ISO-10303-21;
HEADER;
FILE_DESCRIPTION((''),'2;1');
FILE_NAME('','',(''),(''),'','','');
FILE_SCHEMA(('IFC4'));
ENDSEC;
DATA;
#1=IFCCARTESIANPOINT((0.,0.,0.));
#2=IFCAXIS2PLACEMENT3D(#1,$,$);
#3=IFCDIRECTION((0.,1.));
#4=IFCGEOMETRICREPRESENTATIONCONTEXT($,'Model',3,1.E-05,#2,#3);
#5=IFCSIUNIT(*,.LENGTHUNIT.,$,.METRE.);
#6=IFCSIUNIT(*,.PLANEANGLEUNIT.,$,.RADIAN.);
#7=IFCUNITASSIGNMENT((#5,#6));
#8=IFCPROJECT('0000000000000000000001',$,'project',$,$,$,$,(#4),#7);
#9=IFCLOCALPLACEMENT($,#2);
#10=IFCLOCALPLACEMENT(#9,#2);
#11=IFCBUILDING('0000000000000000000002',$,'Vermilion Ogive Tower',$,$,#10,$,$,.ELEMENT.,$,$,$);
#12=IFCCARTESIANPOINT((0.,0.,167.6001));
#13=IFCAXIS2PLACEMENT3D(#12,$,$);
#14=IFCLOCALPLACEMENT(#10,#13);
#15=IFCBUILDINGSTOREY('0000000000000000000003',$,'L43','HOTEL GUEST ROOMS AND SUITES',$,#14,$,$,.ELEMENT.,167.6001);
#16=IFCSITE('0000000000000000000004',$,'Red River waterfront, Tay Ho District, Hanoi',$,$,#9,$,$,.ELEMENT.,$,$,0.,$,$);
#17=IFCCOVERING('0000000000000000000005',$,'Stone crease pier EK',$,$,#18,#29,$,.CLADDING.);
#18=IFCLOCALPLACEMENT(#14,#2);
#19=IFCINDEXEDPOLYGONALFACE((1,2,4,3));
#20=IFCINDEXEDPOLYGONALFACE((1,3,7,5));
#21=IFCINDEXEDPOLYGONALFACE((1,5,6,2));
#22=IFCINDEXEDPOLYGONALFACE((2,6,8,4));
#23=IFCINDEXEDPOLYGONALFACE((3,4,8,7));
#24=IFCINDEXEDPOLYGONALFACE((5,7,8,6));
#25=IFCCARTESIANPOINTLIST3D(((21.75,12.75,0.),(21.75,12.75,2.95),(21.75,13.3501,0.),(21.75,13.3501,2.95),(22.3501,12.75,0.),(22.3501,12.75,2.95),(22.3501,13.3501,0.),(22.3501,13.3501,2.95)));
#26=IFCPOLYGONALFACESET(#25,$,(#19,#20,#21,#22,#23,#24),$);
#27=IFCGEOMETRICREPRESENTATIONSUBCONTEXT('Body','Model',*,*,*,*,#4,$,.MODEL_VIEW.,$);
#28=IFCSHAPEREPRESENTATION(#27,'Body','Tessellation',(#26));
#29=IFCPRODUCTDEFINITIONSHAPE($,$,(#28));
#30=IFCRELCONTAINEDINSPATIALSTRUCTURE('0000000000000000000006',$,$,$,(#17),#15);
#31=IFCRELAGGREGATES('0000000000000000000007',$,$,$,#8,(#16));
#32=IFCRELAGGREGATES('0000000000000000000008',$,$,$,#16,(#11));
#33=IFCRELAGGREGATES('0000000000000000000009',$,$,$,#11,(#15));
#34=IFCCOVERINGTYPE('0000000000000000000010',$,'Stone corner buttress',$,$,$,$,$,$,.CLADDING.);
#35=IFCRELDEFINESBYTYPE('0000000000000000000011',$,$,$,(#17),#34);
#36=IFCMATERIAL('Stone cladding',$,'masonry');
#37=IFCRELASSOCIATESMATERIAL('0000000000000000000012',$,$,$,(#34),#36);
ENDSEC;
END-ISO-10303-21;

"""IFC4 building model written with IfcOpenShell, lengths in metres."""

from ifc_helpers import new_model, si_unit, direction, frame, origin, place, context, subcontext, project, spatial, polyline, outline, extrude, material, type_object, element, save


model = new_model("IFC4")

# Units and contexts
model_context = context("Model", 3, precision=1e-05, world=origin(), true_north=direction((0.0, 1.0)))
body_context = subcontext(model_context, "Body", "Model", "MODEL_VIEW")
ifc_project = project(units=[si_unit("LENGTHUNIT", "METRE"), si_unit("PLANEANGLEUNIT", "RADIAN")], contexts=[model_context])

# Site, building, storey
site_placement = place(None, origin())
site = spatial("IfcSite", under=ifc_project, at=site_placement, Name="Red River waterfront, Tay Ho District, Hanoi", CompositionType="ELEMENT", RefElevation=0.0)
building_placement = place(site_placement, origin())
building = spatial("IfcBuilding", under=site, at=building_placement, Name="Vermilion Ogive Tower", CompositionType="ELEMENT")
storey_placement = place(building_placement, frame((0.0, 0.0, 167.6001)))
storey = spatial("IfcBuildingStorey", under=building, at=storey_placement, Name="L43", Description="HOTEL GUEST ROOMS AND SUITES", CompositionType="ELEMENT", Elevation=167.6001)

# Covering
ifc_material_1 = material(Name="Stone cladding", Category="masonry")
covering_type = type_object("IfcCoveringType", Name="Stone corner buttress", PredefinedType="CLADDING", material=ifc_material_1)
covering_1_placement = place(storey_placement, origin())
element("IfcCovering", 1, at=covering_1_placement, inside=storey, type_object=covering_type, Name="Stone crease pier EK", PredefinedType="CLADDING", context=body_context, shape_type="SweptSolid", body=[
    extrude(outline(polyline([(22.3501, 12.75), (22.3501, 13.3501), (21.75, 13.3501), (21.75, 12.75), (22.3501, 12.75)])), origin(), (0.0, 0.0, 1.0), 2.95),
])

save(model, "model.ifc")
